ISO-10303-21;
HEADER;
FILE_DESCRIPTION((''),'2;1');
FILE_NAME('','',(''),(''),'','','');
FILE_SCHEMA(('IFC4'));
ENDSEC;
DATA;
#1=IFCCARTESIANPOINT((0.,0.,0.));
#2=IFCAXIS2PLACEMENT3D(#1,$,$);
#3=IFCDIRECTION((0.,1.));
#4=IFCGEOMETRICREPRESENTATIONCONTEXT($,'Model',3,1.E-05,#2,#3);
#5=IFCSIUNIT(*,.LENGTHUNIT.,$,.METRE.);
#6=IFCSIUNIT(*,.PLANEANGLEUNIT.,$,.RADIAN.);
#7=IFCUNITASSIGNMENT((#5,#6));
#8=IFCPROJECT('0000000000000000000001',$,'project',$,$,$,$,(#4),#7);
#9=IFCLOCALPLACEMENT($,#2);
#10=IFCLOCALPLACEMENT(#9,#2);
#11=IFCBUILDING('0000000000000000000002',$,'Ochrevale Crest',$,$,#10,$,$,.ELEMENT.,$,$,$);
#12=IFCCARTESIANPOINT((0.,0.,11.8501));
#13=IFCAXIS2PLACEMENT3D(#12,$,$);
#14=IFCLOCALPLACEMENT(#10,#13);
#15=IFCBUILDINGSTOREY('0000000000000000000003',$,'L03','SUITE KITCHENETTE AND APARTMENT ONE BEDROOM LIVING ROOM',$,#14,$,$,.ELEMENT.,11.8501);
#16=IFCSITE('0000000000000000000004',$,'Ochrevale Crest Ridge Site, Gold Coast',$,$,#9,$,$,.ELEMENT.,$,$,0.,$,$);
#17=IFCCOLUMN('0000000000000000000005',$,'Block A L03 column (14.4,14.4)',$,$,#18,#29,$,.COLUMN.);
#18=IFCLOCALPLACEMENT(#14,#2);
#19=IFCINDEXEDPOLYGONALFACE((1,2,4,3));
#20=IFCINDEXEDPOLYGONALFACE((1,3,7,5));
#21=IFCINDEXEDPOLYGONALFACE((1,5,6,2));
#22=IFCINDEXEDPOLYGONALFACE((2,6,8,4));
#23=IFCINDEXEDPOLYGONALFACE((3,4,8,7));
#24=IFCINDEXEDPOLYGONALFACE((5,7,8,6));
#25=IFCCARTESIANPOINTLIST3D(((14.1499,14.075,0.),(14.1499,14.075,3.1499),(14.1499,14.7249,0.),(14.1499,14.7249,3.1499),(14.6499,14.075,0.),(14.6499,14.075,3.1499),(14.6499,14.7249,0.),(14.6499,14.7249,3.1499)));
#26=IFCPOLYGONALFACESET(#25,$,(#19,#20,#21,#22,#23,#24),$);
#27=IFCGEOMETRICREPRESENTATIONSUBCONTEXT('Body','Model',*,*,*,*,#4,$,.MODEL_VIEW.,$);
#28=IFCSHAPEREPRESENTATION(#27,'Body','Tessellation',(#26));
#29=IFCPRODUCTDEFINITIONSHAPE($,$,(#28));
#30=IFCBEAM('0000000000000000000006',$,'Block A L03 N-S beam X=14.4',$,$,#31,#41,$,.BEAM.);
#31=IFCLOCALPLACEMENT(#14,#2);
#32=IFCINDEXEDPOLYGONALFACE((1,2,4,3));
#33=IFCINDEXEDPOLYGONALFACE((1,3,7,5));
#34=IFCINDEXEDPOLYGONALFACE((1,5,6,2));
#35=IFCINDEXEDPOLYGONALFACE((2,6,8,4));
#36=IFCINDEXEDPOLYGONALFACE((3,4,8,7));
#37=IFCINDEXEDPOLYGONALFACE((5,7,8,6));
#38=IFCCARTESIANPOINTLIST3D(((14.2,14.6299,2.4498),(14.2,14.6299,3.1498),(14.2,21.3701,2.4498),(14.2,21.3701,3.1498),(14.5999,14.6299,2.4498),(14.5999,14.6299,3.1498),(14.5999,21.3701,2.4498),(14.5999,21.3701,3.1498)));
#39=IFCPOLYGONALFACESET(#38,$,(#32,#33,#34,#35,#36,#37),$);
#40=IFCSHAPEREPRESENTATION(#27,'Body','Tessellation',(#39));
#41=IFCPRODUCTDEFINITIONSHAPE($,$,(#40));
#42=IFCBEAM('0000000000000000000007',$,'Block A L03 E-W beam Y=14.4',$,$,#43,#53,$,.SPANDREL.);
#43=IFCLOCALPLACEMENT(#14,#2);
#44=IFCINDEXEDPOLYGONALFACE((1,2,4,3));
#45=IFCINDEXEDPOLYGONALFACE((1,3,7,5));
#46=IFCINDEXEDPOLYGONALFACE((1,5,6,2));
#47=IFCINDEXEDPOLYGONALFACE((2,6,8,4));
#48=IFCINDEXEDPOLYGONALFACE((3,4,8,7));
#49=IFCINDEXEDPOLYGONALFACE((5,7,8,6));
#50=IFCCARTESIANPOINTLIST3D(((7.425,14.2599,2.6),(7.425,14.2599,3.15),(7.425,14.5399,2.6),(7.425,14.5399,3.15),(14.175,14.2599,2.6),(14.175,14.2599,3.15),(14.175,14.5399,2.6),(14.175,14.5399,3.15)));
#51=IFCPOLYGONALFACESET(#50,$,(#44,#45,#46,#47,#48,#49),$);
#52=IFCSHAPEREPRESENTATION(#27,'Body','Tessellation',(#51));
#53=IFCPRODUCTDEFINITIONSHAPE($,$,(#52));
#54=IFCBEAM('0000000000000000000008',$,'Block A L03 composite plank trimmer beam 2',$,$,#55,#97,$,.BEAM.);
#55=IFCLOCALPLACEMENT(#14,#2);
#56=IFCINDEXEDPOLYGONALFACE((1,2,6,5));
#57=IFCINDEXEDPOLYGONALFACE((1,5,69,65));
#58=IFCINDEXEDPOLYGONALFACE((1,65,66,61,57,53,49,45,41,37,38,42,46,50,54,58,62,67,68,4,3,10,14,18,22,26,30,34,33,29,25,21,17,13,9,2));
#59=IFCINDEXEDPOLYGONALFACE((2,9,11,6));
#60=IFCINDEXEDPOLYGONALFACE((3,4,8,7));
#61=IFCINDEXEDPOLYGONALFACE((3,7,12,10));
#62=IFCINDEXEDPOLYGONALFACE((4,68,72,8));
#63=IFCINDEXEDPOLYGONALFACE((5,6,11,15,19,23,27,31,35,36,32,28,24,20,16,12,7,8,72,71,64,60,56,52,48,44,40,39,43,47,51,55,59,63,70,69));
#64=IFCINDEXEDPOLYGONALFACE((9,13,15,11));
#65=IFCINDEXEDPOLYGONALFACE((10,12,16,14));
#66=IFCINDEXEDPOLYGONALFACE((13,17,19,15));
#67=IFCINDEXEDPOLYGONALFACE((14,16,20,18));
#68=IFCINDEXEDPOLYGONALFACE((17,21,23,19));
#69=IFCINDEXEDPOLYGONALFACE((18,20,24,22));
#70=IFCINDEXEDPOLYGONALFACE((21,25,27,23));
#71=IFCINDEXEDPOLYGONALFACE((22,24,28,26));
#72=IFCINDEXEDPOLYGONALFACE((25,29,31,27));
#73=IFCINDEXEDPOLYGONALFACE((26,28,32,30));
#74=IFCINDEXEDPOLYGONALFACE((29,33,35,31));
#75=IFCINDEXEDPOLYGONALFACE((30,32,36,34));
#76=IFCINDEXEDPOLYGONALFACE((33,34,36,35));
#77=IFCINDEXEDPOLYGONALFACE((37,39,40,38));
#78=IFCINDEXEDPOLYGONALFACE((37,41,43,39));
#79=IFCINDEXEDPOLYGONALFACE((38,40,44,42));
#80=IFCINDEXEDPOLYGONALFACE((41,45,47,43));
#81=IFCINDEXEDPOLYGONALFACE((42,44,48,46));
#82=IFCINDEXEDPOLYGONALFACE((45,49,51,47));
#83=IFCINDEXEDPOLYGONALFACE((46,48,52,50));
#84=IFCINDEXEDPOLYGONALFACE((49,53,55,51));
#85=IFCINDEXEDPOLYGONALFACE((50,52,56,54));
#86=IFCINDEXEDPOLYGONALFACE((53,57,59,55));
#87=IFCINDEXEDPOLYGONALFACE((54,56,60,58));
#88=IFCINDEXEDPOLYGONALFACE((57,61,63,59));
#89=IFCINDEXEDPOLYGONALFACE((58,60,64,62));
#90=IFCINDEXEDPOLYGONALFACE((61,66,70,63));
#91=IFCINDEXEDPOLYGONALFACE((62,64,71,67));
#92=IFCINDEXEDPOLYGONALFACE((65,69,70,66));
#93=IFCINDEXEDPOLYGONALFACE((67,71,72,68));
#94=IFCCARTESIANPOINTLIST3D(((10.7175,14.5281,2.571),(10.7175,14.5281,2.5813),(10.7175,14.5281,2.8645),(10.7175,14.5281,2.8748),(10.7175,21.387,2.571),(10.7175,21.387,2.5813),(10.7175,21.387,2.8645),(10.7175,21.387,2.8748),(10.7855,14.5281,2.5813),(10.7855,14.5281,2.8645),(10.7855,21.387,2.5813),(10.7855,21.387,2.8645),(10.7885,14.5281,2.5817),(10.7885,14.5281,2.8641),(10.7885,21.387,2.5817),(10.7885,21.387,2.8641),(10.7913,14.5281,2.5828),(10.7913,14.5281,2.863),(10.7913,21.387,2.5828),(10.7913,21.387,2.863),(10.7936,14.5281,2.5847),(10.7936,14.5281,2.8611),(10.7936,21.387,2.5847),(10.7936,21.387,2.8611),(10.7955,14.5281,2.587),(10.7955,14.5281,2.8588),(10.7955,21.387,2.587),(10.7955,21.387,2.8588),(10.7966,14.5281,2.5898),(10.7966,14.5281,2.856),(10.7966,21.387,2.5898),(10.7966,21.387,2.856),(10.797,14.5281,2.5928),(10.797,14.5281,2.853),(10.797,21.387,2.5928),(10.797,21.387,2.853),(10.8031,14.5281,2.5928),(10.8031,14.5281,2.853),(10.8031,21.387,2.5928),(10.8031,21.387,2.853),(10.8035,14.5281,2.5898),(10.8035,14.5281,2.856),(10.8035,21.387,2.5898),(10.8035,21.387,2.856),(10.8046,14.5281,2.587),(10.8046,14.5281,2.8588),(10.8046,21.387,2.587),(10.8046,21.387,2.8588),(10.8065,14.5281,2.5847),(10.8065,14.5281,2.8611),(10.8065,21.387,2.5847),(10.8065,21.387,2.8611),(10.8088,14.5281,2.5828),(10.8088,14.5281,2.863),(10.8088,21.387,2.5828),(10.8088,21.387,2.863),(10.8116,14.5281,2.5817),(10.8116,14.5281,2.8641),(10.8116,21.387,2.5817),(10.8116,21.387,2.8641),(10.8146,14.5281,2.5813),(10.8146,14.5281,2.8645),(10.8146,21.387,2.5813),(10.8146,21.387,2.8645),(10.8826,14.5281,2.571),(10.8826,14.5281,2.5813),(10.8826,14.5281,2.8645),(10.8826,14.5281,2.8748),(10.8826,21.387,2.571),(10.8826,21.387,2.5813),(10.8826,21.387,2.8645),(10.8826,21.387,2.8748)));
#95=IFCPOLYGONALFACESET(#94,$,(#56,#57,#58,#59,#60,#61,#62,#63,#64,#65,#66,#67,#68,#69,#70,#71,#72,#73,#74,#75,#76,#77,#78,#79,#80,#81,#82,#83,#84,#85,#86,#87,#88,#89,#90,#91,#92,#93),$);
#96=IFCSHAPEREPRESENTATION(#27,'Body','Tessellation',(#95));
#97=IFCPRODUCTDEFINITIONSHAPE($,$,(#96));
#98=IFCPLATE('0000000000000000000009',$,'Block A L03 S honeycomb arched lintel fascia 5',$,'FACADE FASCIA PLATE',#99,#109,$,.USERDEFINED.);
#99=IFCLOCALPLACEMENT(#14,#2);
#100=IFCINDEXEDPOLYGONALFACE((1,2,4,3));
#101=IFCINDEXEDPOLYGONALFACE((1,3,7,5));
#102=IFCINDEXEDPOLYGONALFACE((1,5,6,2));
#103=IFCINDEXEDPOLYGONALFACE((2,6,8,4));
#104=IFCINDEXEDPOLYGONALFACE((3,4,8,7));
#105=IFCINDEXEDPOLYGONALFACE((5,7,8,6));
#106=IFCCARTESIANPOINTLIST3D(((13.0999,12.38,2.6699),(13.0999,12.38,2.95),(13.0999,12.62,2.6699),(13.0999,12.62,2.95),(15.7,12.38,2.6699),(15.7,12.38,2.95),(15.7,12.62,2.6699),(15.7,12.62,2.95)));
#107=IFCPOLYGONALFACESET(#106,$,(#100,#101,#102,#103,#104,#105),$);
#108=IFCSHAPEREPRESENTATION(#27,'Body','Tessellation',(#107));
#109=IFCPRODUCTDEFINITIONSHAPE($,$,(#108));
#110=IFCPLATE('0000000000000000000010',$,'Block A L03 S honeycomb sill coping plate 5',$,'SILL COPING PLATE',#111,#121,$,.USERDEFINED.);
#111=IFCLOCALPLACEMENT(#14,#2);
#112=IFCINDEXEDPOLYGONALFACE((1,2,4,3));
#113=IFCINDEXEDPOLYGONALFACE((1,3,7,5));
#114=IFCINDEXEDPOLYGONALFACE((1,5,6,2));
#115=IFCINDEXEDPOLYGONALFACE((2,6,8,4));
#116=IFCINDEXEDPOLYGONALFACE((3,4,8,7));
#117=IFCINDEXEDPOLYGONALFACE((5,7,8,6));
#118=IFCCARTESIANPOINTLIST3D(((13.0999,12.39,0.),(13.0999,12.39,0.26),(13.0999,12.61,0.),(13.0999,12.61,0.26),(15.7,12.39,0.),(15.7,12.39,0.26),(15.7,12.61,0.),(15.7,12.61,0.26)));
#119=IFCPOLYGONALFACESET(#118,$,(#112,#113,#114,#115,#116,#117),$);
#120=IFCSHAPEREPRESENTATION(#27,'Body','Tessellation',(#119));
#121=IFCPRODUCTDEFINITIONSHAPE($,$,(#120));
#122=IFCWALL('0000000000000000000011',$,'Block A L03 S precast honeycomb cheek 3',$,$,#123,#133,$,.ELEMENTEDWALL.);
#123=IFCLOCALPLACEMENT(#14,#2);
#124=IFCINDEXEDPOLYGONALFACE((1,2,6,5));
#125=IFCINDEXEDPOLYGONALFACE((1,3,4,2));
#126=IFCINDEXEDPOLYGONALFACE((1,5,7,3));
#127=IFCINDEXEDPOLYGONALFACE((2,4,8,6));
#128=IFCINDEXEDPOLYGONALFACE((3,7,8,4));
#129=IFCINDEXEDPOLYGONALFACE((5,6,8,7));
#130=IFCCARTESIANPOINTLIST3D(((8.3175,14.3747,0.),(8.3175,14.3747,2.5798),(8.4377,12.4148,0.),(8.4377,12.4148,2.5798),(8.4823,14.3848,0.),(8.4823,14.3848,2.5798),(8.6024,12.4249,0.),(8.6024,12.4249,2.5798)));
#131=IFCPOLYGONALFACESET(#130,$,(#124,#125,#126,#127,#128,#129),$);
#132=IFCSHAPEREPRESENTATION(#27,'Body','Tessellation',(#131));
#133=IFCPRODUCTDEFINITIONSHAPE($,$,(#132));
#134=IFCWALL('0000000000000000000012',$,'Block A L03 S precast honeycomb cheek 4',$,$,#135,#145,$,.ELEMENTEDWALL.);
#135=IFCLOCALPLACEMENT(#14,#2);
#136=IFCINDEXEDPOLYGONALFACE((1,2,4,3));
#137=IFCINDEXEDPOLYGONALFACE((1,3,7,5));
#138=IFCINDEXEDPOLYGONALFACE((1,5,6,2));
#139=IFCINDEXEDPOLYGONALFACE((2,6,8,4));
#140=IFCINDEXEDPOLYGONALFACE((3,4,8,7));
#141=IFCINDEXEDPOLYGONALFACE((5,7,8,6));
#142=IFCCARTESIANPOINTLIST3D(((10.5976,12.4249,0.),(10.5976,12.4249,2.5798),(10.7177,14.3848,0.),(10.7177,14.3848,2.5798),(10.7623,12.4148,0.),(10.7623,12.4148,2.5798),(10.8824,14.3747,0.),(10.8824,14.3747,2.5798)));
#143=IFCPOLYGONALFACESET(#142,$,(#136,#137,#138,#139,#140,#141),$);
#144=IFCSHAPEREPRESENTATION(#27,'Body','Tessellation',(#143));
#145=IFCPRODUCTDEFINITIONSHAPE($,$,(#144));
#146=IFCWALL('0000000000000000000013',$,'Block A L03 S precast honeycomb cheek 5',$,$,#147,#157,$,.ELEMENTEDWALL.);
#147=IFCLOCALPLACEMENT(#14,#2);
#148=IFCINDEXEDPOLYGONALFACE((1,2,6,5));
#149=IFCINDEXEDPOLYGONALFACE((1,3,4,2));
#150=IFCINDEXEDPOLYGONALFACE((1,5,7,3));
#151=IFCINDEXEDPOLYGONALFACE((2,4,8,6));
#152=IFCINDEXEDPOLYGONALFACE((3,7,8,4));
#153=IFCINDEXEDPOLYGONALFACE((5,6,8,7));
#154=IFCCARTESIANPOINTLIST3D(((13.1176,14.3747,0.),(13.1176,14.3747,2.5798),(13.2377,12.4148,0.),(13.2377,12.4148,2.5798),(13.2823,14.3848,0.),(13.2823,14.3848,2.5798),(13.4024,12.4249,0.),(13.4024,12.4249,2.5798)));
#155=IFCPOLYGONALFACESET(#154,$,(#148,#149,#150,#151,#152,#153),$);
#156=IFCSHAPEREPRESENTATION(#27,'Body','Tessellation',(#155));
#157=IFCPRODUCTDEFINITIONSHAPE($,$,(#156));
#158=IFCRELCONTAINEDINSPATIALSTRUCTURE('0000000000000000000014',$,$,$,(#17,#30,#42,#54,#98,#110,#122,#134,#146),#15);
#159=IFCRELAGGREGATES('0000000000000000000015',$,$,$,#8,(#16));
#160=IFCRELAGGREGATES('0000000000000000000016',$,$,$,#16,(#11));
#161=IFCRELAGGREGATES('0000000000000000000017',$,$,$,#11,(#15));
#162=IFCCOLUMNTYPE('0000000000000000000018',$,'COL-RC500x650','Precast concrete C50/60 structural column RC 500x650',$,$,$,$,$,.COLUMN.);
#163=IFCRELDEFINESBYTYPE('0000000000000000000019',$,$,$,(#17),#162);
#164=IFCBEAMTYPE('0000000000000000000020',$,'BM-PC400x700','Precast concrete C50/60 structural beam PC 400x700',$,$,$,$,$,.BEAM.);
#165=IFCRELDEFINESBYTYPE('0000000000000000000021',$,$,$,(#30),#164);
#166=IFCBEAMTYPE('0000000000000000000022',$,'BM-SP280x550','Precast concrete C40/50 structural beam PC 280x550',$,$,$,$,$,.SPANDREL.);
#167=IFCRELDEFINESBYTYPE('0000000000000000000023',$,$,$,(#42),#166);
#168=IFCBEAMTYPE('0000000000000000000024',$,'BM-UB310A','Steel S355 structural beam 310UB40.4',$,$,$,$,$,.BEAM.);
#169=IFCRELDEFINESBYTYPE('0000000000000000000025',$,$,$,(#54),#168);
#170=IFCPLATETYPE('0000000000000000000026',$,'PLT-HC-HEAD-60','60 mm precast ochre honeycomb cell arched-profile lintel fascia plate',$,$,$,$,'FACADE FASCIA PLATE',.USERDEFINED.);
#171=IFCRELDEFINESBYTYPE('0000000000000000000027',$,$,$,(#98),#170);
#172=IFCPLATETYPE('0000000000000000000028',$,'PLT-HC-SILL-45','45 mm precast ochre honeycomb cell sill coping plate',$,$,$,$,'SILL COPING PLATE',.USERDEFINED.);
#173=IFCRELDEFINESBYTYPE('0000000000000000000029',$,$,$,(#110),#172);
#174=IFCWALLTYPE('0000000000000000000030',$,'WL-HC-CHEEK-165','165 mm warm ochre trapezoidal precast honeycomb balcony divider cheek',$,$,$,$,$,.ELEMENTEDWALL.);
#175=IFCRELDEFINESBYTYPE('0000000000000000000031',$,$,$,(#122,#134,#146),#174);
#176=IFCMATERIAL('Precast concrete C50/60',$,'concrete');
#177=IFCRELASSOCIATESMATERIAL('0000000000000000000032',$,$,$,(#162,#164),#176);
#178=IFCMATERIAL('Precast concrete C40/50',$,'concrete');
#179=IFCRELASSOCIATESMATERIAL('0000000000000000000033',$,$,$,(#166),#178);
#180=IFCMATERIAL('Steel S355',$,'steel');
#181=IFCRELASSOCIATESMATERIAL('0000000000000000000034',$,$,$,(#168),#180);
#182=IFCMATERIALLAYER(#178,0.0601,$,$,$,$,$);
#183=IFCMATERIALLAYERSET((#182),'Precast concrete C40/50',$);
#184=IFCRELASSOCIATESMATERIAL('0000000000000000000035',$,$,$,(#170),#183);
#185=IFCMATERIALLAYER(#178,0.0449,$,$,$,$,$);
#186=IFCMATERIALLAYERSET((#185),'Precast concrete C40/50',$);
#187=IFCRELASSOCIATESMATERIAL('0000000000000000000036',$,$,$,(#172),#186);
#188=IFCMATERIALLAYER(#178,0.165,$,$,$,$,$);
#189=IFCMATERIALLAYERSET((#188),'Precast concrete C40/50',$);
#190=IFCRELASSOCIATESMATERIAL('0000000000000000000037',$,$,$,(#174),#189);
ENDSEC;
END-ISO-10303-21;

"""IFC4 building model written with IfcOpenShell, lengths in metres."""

from ifc_helpers import new_model, si_unit, direction, frame, frame_2d, origin, origin_2d, place, context, subcontext, project, spatial, rectangle, i_section, extrude, material, layer, layer_set, material_profile, profile_set, type_object, element, save


model = new_model("IFC4")

# Units and contexts
model_context = context("Model", 3, precision=1e-05, world=origin(), true_north=direction((0.0, 1.0)))
body_context = subcontext(model_context, "Body", "Model", "MODEL_VIEW")
ifc_project = project(units=[si_unit("LENGTHUNIT", "METRE"), si_unit("PLANEANGLEUNIT", "RADIAN")], contexts=[model_context])

# Site, building, storey
site_placement = place(None, origin())
site = spatial("IfcSite", under=ifc_project, at=site_placement, Name="Ochrevale Crest Ridge Site, Gold Coast", CompositionType="ELEMENT", RefElevation=0.0)
building_placement = place(site_placement, origin())
building = spatial("IfcBuilding", under=site, at=building_placement, Name="Ochrevale Crest", CompositionType="ELEMENT")
storey_placement = place(building_placement, frame((0.0, 0.0, 11.8501)))
storey = spatial("IfcBuildingStorey", under=building, at=storey_placement, Name="L03", Description="SUITE KITCHENETTE AND APARTMENT ONE BEDROOM LIVING ROOM", CompositionType="ELEMENT", Elevation=11.8501)

# Column
ifc_material_1 = material(Name="Precast concrete C50/60", Category="concrete")
ifc_material_profile_1 = material_profile(ifc_material_1, rectangle(XDim=0.5, YDim=0.6499, at=origin_2d()), Name="RC 500x650")
ifc_profile_set_1 = profile_set([ifc_material_profile_1], Name="Precast concrete C50/60")
column_type = type_object("IfcColumnType", Name="COL-RC500x650", Description="Precast concrete C50/60 structural column RC 500x650", PredefinedType="COLUMN", material=ifc_profile_set_1)
column_placement = place(storey_placement, frame((14.3999, 14.3999, 0.0), z_axis=(0.0, 0.0, 1.0), x_axis=(1.0, 0.0, 0.0)))
element("IfcColumn", 1, at=column_placement, inside=storey, type_object=column_type, Name="Block A L03 column (14.4,14.4)", PredefinedType="COLUMN", context=body_context, shape_type="SweptSolid", body=[
    extrude(rectangle(XDim=0.5, YDim=0.6499, at=origin_2d()), origin(), (0.0, 0.0, 1.0), 3.1499),
])

# Beams
ifc_material_profile_2 = material_profile(ifc_material_1, rectangle(XDim=0.3999, YDim=0.7, at=origin_2d()), Name="PC 400x700")
ifc_profile_set_2 = profile_set([ifc_material_profile_2], Name="Precast concrete C50/60")
beam_type_1 = type_object("IfcBeamType", Name="BM-PC400x700", Description="Precast concrete C50/60 structural beam PC 400x700", PredefinedType="BEAM", material=ifc_profile_set_2)
beam_1_placement = place(storey_placement, frame((14.3999, 14.6299, 2.7998), z_axis=(0.0, 1.0, 0.0), x_axis=(-1.0, 0.0, 0.0)))
element("IfcBeam", 2, at=beam_1_placement, inside=storey, type_object=beam_type_1, Name="Block A L03 N-S beam X=14.4", PredefinedType="BEAM", context=body_context, shape_type="SweptSolid", body=[
    extrude(rectangle(XDim=0.3999, YDim=0.7, at=origin_2d()), origin(), (0.0, 0.0, 1.0), 6.7402),
])
ifc_material_2 = material(Name="Precast concrete C40/50", Category="concrete")
ifc_material_profile_3 = material_profile(ifc_material_2, rectangle(XDim=0.28, YDim=0.55, at=origin_2d()), Name="PC 280x550")
ifc_profile_set_3 = profile_set([ifc_material_profile_3], Name="Precast concrete C40/50")
beam_type_2 = type_object("IfcBeamType", Name="BM-SP280x550", Description="Precast concrete C40/50 structural beam PC 280x550", PredefinedType="SPANDREL", material=ifc_profile_set_3)
beam_2_placement = place(storey_placement, frame((7.425, 14.3999, 2.875), z_axis=(1.0, 0.0, 0.0), x_axis=(0.0, 1.0, 0.0)))
element("IfcBeam", 3, at=beam_2_placement, inside=storey, type_object=beam_type_2, Name="Block A L03 E-W beam Y=14.4", PredefinedType="SPANDREL", context=body_context, shape_type="SweptSolid", body=[
    extrude(rectangle(XDim=0.28, YDim=0.55, at=origin_2d()), origin(), (0.0, 0.0, 1.0), 6.75),
])
ifc_material_3 = material(Name="Steel S355", Category="steel")
ifc_material_profile_4 = material_profile(ifc_material_3, i_section(OverallWidth=0.165, OverallDepth=0.3037, WebThickness=0.0061, FlangeThickness=0.0103, FilletRadius=0.0115, at=origin_2d()), Name="310UB40.4")
ifc_profile_set_4 = profile_set([ifc_material_profile_4], Name="Steel S355")
beam_type_3 = type_object("IfcBeamType", Name="BM-UB310A", Description="Steel S355 structural beam 310UB40.4", PredefinedType="BEAM", material=ifc_profile_set_4)
beam_3_placement = place(storey_placement, frame((10.8, 14.5281, 2.7229), z_axis=(0.0, 1.0, 0.0), x_axis=(-1.0, 0.0, 0.0)))
element("IfcBeam", 4, at=beam_3_placement, inside=storey, type_object=beam_type_3, Name="Block A L03 composite plank trimmer beam 2", PredefinedType="BEAM", context=body_context, shape_type="SweptSolid", body=[
    extrude(i_section(OverallWidth=0.165, OverallDepth=0.3037, WebThickness=0.0061, FlangeThickness=0.0103, FilletRadius=0.0115, at=origin_2d()), origin(), (0.0, 0.0, 1.0), 6.8589),
])

# Plates
ifc_layer_1 = layer(ifc_material_2, 0.0601)
ifc_layer_set_1 = layer_set([ifc_layer_1], Name="Precast concrete C40/50")
plate_type_1 = type_object("IfcPlateType", Name="PLT-HC-HEAD-60", Description="60 mm precast ochre honeycomb cell arched-profile lintel fascia plate", ElementType="FACADE FASCIA PLATE", PredefinedType="USERDEFINED", material=ifc_layer_set_1)
plate_1_placement = place(storey_placement, frame((14.3999, 12.5, 2.6699), z_axis=(0.0, 0.0, 1.0), x_axis=(1.0, 0.0, 0.0)))
element("IfcPlate", 5, at=plate_1_placement, inside=storey, type_object=plate_type_1, Name="Block A L03 S honeycomb arched lintel fascia 5", ObjectType="FACADE FASCIA PLATE", PredefinedType="USERDEFINED", context=body_context, shape_type="SweptSolid", body=[
    extrude(rectangle(XDim=2.6001, YDim=0.24, at=origin_2d()), origin(), (0.0, 0.0, 1.0), 0.28),
])
ifc_layer_2 = layer(ifc_material_2, 0.0449)
ifc_layer_set_2 = layer_set([ifc_layer_2], Name="Precast concrete C40/50")
plate_type_2 = type_object("IfcPlateType", Name="PLT-HC-SILL-45", Description="45 mm precast ochre honeycomb cell sill coping plate", ElementType="SILL COPING PLATE", PredefinedType="USERDEFINED", material=ifc_layer_set_2)
plate_2_placement = place(storey_placement, frame((14.3999, 12.5, 0.0), z_axis=(0.0, 0.0, 1.0), x_axis=(1.0, 0.0, 0.0)))
element("IfcPlate", 6, at=plate_2_placement, inside=storey, type_object=plate_type_2, Name="Block A L03 S honeycomb sill coping plate 5", ObjectType="SILL COPING PLATE", PredefinedType="USERDEFINED", context=body_context, shape_type="SweptSolid", body=[
    extrude(rectangle(XDim=2.6001, YDim=0.22, at=origin_2d()), origin(), (0.0, 0.0, 1.0), 0.26),
])

# Walls
ifc_layer_3 = layer(ifc_material_2, 0.165)
ifc_layer_set_3 = layer_set([ifc_layer_3], Name="Precast concrete C40/50")
wall_type_1 = type_object("IfcWallType", Name="WL-HC-CHEEK-165", Description="165 mm warm ochre trapezoidal precast honeycomb balcony divider cheek", PredefinedType="ELEMENTEDWALL", material=ifc_layer_set_3)
for number, where, z_axis, x_axis, name in (
    (7, (8.3999, 14.3799, 0.0), (0.0, 0.0, 1.0), (0.061171, -0.998127, 0.0), "Block A L03 S precast honeycomb cheek 3"),
    (8, (10.8, 14.3799, 0.0), (0.0, 0.0, 1.0), (-0.061171, -0.998127, 0.0), "Block A L03 S precast honeycomb cheek 4"),
    (9, (13.2, 14.3799, 0.0), (0.0, 0.0, 1.0), (0.061171, -0.998127, 0.0), "Block A L03 S precast honeycomb cheek 5"),
):
    element("IfcWall", number, at=place(storey_placement, frame(where, z_axis=z_axis, x_axis=x_axis)), inside=storey, type_object=wall_type_1, Name=name, PredefinedType="ELEMENTEDWALL", context=body_context, shape_type="SweptSolid", body=[
        extrude(rectangle(XDim=1.9636, YDim=0.165, at=frame_2d((0.9819, 0.0))), origin(), (0.0, 0.0, 1.0), 2.5798),
    ])

save(model, "model.ifc")
